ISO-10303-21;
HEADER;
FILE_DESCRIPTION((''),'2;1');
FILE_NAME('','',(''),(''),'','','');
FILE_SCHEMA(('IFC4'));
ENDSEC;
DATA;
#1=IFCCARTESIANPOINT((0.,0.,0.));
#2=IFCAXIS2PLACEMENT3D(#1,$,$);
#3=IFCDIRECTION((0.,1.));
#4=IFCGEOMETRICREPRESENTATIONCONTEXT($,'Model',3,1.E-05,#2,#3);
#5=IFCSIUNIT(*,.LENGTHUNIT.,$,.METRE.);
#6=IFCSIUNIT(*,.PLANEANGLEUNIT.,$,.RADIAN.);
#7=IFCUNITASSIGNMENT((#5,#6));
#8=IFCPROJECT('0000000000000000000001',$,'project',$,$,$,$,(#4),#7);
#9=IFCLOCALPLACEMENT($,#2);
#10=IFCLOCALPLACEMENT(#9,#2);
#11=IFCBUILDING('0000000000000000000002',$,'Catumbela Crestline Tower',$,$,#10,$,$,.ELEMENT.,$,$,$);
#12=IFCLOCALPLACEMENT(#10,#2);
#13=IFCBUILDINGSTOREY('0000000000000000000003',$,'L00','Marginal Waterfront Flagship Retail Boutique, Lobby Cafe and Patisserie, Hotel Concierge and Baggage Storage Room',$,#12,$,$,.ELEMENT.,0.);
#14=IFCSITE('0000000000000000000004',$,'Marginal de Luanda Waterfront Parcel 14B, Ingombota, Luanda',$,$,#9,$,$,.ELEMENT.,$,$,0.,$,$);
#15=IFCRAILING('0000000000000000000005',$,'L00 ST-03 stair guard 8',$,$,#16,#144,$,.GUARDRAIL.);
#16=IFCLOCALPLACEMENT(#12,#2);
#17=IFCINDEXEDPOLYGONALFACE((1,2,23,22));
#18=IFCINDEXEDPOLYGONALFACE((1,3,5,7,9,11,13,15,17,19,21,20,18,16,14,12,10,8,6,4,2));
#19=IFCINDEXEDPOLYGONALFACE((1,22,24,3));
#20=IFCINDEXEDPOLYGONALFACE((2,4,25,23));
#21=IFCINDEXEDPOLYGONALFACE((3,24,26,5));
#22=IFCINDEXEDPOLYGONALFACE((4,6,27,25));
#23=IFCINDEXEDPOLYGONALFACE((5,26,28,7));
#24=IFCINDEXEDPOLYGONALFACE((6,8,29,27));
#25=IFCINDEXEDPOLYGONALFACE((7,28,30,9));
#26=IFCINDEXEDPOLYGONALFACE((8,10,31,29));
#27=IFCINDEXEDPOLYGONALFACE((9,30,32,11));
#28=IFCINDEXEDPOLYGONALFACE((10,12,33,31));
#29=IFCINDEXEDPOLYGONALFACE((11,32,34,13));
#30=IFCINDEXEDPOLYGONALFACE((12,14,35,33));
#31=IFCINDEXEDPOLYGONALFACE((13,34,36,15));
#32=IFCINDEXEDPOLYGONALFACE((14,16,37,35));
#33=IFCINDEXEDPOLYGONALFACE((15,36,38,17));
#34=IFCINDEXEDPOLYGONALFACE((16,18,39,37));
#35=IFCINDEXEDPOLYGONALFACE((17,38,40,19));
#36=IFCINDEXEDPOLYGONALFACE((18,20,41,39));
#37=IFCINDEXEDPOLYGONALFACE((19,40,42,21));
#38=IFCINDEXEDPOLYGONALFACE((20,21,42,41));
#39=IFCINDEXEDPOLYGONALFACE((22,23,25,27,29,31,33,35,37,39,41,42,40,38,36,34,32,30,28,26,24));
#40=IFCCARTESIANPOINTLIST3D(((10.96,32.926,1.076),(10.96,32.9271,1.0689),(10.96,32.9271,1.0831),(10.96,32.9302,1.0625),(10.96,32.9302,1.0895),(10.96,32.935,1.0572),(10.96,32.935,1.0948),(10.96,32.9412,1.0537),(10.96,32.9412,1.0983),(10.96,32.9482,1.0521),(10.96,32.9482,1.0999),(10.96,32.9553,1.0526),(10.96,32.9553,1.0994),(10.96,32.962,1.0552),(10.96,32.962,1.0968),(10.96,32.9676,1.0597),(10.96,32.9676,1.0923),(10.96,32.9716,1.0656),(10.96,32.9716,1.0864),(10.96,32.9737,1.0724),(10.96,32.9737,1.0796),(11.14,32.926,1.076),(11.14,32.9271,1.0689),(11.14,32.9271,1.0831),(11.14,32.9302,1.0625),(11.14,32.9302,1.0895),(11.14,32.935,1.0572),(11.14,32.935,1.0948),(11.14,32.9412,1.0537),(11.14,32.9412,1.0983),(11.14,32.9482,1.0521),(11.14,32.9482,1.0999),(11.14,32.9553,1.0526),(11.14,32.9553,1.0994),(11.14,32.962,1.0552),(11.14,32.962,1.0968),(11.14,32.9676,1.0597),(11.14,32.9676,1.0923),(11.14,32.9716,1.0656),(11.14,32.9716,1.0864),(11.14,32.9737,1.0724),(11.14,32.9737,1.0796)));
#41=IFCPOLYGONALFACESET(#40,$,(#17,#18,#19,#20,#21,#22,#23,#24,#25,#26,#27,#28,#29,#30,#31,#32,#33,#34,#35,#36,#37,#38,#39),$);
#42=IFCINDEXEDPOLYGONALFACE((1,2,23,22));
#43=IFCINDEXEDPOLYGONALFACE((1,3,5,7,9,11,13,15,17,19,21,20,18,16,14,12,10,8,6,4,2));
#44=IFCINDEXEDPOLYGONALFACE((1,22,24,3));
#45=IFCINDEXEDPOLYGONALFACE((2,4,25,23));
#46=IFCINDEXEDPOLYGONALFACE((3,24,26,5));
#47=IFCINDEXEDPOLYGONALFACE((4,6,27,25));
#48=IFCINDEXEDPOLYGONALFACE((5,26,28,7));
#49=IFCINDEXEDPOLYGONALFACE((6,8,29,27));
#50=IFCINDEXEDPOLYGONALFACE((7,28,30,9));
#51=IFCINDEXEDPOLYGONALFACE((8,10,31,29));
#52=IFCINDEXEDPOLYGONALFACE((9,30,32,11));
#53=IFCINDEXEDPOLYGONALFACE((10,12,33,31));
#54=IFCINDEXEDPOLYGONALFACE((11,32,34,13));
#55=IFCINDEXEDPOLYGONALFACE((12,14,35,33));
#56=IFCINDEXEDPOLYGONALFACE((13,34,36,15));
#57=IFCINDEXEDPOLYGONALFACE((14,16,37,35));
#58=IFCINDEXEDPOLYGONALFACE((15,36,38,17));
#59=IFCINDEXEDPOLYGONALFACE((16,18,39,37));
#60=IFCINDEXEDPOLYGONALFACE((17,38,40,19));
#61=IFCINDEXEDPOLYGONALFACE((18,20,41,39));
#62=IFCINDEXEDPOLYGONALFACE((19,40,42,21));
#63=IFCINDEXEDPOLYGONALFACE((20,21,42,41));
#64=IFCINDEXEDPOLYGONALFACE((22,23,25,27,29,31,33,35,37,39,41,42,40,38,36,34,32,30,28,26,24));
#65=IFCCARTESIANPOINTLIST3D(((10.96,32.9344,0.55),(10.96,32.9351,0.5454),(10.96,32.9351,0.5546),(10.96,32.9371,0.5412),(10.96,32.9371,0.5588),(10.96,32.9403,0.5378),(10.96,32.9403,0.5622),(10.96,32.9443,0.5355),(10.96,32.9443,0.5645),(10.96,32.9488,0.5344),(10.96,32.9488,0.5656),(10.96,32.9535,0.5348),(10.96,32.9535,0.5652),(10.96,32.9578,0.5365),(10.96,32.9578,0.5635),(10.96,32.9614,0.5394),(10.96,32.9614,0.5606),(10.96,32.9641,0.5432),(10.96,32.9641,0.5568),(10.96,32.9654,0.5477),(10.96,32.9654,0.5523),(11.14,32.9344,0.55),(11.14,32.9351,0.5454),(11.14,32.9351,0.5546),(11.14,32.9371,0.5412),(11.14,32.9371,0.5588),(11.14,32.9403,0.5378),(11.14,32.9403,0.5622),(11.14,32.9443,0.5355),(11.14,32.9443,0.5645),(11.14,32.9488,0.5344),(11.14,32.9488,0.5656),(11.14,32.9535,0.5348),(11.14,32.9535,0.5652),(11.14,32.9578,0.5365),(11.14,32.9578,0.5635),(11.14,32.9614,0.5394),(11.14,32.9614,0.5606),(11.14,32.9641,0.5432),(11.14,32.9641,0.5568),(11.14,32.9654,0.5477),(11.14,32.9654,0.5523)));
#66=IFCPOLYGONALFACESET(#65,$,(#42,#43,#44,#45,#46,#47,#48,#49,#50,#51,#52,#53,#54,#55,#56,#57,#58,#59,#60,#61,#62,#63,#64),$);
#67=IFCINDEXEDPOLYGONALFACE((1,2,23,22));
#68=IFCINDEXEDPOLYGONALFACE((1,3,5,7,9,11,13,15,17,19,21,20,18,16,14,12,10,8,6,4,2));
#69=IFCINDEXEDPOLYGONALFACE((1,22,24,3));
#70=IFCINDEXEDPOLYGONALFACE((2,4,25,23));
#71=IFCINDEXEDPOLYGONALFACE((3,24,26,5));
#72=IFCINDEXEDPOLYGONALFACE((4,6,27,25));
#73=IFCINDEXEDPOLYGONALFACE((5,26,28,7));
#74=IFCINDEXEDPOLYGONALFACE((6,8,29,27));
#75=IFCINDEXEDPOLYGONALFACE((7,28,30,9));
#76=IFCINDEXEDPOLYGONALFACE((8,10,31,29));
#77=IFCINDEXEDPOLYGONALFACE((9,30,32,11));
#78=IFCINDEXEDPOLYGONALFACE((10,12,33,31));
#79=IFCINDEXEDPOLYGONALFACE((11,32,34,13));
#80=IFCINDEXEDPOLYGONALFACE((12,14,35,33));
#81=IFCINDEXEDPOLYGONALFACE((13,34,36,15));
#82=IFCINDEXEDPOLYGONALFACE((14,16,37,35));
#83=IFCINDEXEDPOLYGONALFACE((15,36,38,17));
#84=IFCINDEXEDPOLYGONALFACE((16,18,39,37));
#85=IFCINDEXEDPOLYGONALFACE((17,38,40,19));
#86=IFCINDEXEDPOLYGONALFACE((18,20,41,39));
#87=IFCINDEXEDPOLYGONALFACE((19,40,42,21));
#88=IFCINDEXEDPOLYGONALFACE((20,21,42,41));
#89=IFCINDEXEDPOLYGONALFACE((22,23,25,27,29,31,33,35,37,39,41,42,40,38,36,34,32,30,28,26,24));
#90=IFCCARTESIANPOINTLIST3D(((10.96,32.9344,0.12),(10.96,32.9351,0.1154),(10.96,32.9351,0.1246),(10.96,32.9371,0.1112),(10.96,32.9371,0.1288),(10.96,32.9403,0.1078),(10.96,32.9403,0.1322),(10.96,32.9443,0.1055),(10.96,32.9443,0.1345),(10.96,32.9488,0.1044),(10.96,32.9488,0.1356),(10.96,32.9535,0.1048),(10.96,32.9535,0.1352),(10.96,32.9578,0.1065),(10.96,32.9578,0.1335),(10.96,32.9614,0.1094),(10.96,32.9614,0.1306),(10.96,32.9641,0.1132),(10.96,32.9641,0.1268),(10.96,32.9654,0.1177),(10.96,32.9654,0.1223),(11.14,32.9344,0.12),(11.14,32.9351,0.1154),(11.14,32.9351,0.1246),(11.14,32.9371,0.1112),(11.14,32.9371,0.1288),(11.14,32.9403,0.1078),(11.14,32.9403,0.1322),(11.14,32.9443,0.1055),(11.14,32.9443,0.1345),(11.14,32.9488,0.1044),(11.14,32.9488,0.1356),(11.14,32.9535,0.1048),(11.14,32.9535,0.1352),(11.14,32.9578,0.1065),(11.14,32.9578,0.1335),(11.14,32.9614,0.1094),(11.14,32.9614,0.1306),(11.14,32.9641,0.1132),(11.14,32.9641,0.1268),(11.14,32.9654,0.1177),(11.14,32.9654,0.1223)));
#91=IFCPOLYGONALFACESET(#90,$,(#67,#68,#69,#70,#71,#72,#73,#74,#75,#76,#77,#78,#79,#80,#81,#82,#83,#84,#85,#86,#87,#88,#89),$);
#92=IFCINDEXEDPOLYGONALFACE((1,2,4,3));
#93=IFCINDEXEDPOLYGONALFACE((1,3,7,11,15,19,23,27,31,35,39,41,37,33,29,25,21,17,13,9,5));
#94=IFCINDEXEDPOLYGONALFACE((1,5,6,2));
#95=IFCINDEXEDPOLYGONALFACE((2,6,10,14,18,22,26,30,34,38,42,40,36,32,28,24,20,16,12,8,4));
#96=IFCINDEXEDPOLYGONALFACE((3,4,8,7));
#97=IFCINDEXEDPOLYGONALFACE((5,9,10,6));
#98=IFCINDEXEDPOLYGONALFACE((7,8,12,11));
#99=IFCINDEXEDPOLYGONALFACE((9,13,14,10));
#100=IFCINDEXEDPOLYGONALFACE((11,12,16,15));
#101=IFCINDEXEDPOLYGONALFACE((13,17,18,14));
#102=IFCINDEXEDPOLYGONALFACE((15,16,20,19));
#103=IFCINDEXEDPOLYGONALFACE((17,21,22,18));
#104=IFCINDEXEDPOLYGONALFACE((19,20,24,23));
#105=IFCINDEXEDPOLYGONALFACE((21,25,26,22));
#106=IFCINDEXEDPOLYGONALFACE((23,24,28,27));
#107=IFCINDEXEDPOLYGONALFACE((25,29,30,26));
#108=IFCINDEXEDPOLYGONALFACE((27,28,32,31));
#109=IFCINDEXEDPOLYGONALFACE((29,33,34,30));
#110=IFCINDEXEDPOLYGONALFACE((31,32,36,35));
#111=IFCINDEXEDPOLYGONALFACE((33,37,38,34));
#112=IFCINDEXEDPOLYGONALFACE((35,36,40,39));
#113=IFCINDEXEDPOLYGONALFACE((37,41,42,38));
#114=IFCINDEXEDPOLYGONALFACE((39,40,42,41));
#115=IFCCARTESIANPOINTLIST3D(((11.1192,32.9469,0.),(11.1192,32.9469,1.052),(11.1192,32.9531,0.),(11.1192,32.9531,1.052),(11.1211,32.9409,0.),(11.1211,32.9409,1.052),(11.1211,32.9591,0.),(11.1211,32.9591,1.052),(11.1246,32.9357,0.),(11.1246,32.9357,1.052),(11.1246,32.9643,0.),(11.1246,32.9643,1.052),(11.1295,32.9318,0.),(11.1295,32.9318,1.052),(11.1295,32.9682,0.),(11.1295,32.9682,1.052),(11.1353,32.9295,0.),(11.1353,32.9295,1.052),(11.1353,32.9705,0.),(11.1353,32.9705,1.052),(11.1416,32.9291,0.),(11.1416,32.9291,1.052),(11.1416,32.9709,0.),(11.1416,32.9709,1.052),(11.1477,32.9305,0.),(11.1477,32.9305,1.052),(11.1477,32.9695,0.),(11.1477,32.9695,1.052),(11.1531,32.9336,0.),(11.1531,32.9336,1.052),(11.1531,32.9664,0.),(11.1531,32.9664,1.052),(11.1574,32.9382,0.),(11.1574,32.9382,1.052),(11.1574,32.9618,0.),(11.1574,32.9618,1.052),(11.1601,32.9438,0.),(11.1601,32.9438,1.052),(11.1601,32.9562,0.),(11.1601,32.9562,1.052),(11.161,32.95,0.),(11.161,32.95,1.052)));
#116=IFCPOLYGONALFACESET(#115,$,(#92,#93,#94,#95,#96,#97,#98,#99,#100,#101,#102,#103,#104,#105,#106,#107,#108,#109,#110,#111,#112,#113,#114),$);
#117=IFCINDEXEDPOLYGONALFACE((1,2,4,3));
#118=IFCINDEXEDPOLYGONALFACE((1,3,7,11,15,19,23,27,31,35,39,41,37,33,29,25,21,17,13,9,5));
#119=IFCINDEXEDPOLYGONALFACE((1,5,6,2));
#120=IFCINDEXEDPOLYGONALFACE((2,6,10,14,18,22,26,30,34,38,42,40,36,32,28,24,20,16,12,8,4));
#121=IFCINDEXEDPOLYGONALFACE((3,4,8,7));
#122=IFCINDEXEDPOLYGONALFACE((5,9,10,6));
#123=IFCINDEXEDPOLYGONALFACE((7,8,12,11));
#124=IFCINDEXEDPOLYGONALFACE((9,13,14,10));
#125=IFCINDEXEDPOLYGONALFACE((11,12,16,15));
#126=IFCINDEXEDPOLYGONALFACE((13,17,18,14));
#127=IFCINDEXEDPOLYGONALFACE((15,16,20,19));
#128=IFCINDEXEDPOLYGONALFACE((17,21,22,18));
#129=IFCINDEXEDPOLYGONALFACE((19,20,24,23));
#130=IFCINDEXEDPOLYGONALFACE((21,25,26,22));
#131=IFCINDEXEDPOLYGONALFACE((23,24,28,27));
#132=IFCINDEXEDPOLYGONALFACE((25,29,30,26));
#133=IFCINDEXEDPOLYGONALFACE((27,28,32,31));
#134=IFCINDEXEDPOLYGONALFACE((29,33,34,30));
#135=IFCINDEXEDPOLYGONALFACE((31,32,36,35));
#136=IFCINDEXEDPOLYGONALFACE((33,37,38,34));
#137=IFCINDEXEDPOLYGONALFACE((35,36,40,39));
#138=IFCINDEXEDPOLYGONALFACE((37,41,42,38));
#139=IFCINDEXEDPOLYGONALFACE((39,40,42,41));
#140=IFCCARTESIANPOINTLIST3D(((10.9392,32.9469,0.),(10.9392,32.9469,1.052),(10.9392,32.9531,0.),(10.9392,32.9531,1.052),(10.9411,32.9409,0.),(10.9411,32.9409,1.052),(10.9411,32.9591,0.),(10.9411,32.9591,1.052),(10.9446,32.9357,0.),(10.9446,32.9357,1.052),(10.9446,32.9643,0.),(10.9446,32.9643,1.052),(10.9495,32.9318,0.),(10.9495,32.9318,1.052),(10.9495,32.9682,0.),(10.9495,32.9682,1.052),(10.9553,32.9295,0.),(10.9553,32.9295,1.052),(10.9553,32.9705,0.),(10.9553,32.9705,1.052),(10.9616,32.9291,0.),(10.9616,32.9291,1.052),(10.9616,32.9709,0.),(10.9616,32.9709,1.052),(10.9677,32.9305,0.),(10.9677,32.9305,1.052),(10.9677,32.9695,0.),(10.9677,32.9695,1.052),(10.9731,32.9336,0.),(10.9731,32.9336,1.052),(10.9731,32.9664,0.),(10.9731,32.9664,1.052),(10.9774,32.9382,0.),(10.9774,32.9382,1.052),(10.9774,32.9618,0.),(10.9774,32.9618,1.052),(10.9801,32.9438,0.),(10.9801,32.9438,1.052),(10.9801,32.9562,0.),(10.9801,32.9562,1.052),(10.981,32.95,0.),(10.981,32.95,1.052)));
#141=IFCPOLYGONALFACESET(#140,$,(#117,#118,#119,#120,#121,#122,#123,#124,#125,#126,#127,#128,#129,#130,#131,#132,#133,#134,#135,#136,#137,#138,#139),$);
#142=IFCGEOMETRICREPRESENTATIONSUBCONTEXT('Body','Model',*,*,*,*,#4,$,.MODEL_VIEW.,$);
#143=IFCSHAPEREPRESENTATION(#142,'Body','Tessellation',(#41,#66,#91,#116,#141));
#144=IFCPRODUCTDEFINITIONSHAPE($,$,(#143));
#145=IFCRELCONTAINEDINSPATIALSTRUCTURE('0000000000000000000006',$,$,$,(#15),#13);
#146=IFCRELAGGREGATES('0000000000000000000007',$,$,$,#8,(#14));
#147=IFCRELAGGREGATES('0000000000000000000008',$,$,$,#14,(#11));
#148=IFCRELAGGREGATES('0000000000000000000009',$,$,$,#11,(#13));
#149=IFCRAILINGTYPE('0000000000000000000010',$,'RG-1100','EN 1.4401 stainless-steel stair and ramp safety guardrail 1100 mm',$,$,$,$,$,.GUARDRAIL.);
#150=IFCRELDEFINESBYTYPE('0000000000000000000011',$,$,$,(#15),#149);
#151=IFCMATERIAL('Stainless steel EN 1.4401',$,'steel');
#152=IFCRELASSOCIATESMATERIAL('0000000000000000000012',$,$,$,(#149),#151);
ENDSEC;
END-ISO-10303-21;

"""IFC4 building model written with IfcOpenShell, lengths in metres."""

from ifc_helpers import new_model, si_unit, direction, frame, origin, origin_2d, place, context, subcontext, project, spatial, circle, extrude, material, type_object, element, save


model = new_model("IFC4")

# Units and contexts
model_context = context("Model", 3, precision=1e-05, world=origin(), true_north=direction((0.0, 1.0)))
body_context = subcontext(model_context, "Body", "Model", "MODEL_VIEW")
ifc_project = project(units=[si_unit("LENGTHUNIT", "METRE"), si_unit("PLANEANGLEUNIT", "RADIAN")], contexts=[model_context])

# Site, building, storey
site_placement = place(None, origin())
site = spatial("IfcSite", under=ifc_project, at=site_placement, Name="Marginal de Luanda Waterfront Parcel 14B, Ingombota, Luanda", CompositionType="ELEMENT", RefElevation=0.0)
building_placement = place(site_placement, origin())
building = spatial("IfcBuilding", under=site, at=building_placement, Name="Catumbela Crestline Tower", CompositionType="ELEMENT")
storey_placement = place(building_placement, origin())
storey = spatial("IfcBuildingStorey", under=building, at=storey_placement, Name="L00", Description="Marginal Waterfront Flagship Retail Boutique, Lobby Cafe and Patisserie, Hotel Concierge and Baggage Storage Room", CompositionType="ELEMENT", Elevation=0.0)

# Shared definitions
ifc_material_1 = material(Name="Stainless steel EN 1.4401", Category="steel")

# Railing
railing_type_1 = type_object("IfcRailingType", Name="RG-1100", Description="EN 1.4401 stainless-steel stair and ramp safety guardrail 1100 mm", PredefinedType="GUARDRAIL", material=ifc_material_1)
for number, where, name in (
    (1, (11.14, 32.95, 0.0), "L00 ST-03 stair guard 8"),
):
    element("IfcRailing", number, at=place(storey_placement, frame(where)), inside=storey, type_object=railing_type_1, Name=name, PredefinedType="GUARDRAIL", context=body_context, shape_type="SweptSolid", body=[
        extrude(circle(Radius=0.024, at=origin_2d()), frame((0.0, 0.0, 1.076), z_axis=(-1.0, 0.0, 0.0), x_axis=(0.0, -1.0, 0.0)), (0.0, 0.0, 1.0), 0.18),
        extrude(circle(Radius=0.0156, at=origin_2d()), frame((0.0, 0.0, 0.55), z_axis=(-1.0, 0.0, 0.0), x_axis=(0.0, -1.0, 0.0)), (0.0, 0.0, 1.0), 0.18),
        extrude(circle(Radius=0.0156, at=origin_2d()), frame((0.0, 0.0, 0.12), z_axis=(-1.0, 0.0, 0.0), x_axis=(0.0, -1.0, 0.0)), (0.0, 0.0, 1.0), 0.18),
        extrude(circle(Radius=0.021, at=origin_2d()), origin(), (0.0, 0.0, 1.0), 1.052),
        extrude(circle(Radius=0.021, at=origin_2d()), frame((-0.18, 0.0, 0.0)), (0.0, 0.0, 1.0), 1.052),
    ])

save(model, "model.ifc")
